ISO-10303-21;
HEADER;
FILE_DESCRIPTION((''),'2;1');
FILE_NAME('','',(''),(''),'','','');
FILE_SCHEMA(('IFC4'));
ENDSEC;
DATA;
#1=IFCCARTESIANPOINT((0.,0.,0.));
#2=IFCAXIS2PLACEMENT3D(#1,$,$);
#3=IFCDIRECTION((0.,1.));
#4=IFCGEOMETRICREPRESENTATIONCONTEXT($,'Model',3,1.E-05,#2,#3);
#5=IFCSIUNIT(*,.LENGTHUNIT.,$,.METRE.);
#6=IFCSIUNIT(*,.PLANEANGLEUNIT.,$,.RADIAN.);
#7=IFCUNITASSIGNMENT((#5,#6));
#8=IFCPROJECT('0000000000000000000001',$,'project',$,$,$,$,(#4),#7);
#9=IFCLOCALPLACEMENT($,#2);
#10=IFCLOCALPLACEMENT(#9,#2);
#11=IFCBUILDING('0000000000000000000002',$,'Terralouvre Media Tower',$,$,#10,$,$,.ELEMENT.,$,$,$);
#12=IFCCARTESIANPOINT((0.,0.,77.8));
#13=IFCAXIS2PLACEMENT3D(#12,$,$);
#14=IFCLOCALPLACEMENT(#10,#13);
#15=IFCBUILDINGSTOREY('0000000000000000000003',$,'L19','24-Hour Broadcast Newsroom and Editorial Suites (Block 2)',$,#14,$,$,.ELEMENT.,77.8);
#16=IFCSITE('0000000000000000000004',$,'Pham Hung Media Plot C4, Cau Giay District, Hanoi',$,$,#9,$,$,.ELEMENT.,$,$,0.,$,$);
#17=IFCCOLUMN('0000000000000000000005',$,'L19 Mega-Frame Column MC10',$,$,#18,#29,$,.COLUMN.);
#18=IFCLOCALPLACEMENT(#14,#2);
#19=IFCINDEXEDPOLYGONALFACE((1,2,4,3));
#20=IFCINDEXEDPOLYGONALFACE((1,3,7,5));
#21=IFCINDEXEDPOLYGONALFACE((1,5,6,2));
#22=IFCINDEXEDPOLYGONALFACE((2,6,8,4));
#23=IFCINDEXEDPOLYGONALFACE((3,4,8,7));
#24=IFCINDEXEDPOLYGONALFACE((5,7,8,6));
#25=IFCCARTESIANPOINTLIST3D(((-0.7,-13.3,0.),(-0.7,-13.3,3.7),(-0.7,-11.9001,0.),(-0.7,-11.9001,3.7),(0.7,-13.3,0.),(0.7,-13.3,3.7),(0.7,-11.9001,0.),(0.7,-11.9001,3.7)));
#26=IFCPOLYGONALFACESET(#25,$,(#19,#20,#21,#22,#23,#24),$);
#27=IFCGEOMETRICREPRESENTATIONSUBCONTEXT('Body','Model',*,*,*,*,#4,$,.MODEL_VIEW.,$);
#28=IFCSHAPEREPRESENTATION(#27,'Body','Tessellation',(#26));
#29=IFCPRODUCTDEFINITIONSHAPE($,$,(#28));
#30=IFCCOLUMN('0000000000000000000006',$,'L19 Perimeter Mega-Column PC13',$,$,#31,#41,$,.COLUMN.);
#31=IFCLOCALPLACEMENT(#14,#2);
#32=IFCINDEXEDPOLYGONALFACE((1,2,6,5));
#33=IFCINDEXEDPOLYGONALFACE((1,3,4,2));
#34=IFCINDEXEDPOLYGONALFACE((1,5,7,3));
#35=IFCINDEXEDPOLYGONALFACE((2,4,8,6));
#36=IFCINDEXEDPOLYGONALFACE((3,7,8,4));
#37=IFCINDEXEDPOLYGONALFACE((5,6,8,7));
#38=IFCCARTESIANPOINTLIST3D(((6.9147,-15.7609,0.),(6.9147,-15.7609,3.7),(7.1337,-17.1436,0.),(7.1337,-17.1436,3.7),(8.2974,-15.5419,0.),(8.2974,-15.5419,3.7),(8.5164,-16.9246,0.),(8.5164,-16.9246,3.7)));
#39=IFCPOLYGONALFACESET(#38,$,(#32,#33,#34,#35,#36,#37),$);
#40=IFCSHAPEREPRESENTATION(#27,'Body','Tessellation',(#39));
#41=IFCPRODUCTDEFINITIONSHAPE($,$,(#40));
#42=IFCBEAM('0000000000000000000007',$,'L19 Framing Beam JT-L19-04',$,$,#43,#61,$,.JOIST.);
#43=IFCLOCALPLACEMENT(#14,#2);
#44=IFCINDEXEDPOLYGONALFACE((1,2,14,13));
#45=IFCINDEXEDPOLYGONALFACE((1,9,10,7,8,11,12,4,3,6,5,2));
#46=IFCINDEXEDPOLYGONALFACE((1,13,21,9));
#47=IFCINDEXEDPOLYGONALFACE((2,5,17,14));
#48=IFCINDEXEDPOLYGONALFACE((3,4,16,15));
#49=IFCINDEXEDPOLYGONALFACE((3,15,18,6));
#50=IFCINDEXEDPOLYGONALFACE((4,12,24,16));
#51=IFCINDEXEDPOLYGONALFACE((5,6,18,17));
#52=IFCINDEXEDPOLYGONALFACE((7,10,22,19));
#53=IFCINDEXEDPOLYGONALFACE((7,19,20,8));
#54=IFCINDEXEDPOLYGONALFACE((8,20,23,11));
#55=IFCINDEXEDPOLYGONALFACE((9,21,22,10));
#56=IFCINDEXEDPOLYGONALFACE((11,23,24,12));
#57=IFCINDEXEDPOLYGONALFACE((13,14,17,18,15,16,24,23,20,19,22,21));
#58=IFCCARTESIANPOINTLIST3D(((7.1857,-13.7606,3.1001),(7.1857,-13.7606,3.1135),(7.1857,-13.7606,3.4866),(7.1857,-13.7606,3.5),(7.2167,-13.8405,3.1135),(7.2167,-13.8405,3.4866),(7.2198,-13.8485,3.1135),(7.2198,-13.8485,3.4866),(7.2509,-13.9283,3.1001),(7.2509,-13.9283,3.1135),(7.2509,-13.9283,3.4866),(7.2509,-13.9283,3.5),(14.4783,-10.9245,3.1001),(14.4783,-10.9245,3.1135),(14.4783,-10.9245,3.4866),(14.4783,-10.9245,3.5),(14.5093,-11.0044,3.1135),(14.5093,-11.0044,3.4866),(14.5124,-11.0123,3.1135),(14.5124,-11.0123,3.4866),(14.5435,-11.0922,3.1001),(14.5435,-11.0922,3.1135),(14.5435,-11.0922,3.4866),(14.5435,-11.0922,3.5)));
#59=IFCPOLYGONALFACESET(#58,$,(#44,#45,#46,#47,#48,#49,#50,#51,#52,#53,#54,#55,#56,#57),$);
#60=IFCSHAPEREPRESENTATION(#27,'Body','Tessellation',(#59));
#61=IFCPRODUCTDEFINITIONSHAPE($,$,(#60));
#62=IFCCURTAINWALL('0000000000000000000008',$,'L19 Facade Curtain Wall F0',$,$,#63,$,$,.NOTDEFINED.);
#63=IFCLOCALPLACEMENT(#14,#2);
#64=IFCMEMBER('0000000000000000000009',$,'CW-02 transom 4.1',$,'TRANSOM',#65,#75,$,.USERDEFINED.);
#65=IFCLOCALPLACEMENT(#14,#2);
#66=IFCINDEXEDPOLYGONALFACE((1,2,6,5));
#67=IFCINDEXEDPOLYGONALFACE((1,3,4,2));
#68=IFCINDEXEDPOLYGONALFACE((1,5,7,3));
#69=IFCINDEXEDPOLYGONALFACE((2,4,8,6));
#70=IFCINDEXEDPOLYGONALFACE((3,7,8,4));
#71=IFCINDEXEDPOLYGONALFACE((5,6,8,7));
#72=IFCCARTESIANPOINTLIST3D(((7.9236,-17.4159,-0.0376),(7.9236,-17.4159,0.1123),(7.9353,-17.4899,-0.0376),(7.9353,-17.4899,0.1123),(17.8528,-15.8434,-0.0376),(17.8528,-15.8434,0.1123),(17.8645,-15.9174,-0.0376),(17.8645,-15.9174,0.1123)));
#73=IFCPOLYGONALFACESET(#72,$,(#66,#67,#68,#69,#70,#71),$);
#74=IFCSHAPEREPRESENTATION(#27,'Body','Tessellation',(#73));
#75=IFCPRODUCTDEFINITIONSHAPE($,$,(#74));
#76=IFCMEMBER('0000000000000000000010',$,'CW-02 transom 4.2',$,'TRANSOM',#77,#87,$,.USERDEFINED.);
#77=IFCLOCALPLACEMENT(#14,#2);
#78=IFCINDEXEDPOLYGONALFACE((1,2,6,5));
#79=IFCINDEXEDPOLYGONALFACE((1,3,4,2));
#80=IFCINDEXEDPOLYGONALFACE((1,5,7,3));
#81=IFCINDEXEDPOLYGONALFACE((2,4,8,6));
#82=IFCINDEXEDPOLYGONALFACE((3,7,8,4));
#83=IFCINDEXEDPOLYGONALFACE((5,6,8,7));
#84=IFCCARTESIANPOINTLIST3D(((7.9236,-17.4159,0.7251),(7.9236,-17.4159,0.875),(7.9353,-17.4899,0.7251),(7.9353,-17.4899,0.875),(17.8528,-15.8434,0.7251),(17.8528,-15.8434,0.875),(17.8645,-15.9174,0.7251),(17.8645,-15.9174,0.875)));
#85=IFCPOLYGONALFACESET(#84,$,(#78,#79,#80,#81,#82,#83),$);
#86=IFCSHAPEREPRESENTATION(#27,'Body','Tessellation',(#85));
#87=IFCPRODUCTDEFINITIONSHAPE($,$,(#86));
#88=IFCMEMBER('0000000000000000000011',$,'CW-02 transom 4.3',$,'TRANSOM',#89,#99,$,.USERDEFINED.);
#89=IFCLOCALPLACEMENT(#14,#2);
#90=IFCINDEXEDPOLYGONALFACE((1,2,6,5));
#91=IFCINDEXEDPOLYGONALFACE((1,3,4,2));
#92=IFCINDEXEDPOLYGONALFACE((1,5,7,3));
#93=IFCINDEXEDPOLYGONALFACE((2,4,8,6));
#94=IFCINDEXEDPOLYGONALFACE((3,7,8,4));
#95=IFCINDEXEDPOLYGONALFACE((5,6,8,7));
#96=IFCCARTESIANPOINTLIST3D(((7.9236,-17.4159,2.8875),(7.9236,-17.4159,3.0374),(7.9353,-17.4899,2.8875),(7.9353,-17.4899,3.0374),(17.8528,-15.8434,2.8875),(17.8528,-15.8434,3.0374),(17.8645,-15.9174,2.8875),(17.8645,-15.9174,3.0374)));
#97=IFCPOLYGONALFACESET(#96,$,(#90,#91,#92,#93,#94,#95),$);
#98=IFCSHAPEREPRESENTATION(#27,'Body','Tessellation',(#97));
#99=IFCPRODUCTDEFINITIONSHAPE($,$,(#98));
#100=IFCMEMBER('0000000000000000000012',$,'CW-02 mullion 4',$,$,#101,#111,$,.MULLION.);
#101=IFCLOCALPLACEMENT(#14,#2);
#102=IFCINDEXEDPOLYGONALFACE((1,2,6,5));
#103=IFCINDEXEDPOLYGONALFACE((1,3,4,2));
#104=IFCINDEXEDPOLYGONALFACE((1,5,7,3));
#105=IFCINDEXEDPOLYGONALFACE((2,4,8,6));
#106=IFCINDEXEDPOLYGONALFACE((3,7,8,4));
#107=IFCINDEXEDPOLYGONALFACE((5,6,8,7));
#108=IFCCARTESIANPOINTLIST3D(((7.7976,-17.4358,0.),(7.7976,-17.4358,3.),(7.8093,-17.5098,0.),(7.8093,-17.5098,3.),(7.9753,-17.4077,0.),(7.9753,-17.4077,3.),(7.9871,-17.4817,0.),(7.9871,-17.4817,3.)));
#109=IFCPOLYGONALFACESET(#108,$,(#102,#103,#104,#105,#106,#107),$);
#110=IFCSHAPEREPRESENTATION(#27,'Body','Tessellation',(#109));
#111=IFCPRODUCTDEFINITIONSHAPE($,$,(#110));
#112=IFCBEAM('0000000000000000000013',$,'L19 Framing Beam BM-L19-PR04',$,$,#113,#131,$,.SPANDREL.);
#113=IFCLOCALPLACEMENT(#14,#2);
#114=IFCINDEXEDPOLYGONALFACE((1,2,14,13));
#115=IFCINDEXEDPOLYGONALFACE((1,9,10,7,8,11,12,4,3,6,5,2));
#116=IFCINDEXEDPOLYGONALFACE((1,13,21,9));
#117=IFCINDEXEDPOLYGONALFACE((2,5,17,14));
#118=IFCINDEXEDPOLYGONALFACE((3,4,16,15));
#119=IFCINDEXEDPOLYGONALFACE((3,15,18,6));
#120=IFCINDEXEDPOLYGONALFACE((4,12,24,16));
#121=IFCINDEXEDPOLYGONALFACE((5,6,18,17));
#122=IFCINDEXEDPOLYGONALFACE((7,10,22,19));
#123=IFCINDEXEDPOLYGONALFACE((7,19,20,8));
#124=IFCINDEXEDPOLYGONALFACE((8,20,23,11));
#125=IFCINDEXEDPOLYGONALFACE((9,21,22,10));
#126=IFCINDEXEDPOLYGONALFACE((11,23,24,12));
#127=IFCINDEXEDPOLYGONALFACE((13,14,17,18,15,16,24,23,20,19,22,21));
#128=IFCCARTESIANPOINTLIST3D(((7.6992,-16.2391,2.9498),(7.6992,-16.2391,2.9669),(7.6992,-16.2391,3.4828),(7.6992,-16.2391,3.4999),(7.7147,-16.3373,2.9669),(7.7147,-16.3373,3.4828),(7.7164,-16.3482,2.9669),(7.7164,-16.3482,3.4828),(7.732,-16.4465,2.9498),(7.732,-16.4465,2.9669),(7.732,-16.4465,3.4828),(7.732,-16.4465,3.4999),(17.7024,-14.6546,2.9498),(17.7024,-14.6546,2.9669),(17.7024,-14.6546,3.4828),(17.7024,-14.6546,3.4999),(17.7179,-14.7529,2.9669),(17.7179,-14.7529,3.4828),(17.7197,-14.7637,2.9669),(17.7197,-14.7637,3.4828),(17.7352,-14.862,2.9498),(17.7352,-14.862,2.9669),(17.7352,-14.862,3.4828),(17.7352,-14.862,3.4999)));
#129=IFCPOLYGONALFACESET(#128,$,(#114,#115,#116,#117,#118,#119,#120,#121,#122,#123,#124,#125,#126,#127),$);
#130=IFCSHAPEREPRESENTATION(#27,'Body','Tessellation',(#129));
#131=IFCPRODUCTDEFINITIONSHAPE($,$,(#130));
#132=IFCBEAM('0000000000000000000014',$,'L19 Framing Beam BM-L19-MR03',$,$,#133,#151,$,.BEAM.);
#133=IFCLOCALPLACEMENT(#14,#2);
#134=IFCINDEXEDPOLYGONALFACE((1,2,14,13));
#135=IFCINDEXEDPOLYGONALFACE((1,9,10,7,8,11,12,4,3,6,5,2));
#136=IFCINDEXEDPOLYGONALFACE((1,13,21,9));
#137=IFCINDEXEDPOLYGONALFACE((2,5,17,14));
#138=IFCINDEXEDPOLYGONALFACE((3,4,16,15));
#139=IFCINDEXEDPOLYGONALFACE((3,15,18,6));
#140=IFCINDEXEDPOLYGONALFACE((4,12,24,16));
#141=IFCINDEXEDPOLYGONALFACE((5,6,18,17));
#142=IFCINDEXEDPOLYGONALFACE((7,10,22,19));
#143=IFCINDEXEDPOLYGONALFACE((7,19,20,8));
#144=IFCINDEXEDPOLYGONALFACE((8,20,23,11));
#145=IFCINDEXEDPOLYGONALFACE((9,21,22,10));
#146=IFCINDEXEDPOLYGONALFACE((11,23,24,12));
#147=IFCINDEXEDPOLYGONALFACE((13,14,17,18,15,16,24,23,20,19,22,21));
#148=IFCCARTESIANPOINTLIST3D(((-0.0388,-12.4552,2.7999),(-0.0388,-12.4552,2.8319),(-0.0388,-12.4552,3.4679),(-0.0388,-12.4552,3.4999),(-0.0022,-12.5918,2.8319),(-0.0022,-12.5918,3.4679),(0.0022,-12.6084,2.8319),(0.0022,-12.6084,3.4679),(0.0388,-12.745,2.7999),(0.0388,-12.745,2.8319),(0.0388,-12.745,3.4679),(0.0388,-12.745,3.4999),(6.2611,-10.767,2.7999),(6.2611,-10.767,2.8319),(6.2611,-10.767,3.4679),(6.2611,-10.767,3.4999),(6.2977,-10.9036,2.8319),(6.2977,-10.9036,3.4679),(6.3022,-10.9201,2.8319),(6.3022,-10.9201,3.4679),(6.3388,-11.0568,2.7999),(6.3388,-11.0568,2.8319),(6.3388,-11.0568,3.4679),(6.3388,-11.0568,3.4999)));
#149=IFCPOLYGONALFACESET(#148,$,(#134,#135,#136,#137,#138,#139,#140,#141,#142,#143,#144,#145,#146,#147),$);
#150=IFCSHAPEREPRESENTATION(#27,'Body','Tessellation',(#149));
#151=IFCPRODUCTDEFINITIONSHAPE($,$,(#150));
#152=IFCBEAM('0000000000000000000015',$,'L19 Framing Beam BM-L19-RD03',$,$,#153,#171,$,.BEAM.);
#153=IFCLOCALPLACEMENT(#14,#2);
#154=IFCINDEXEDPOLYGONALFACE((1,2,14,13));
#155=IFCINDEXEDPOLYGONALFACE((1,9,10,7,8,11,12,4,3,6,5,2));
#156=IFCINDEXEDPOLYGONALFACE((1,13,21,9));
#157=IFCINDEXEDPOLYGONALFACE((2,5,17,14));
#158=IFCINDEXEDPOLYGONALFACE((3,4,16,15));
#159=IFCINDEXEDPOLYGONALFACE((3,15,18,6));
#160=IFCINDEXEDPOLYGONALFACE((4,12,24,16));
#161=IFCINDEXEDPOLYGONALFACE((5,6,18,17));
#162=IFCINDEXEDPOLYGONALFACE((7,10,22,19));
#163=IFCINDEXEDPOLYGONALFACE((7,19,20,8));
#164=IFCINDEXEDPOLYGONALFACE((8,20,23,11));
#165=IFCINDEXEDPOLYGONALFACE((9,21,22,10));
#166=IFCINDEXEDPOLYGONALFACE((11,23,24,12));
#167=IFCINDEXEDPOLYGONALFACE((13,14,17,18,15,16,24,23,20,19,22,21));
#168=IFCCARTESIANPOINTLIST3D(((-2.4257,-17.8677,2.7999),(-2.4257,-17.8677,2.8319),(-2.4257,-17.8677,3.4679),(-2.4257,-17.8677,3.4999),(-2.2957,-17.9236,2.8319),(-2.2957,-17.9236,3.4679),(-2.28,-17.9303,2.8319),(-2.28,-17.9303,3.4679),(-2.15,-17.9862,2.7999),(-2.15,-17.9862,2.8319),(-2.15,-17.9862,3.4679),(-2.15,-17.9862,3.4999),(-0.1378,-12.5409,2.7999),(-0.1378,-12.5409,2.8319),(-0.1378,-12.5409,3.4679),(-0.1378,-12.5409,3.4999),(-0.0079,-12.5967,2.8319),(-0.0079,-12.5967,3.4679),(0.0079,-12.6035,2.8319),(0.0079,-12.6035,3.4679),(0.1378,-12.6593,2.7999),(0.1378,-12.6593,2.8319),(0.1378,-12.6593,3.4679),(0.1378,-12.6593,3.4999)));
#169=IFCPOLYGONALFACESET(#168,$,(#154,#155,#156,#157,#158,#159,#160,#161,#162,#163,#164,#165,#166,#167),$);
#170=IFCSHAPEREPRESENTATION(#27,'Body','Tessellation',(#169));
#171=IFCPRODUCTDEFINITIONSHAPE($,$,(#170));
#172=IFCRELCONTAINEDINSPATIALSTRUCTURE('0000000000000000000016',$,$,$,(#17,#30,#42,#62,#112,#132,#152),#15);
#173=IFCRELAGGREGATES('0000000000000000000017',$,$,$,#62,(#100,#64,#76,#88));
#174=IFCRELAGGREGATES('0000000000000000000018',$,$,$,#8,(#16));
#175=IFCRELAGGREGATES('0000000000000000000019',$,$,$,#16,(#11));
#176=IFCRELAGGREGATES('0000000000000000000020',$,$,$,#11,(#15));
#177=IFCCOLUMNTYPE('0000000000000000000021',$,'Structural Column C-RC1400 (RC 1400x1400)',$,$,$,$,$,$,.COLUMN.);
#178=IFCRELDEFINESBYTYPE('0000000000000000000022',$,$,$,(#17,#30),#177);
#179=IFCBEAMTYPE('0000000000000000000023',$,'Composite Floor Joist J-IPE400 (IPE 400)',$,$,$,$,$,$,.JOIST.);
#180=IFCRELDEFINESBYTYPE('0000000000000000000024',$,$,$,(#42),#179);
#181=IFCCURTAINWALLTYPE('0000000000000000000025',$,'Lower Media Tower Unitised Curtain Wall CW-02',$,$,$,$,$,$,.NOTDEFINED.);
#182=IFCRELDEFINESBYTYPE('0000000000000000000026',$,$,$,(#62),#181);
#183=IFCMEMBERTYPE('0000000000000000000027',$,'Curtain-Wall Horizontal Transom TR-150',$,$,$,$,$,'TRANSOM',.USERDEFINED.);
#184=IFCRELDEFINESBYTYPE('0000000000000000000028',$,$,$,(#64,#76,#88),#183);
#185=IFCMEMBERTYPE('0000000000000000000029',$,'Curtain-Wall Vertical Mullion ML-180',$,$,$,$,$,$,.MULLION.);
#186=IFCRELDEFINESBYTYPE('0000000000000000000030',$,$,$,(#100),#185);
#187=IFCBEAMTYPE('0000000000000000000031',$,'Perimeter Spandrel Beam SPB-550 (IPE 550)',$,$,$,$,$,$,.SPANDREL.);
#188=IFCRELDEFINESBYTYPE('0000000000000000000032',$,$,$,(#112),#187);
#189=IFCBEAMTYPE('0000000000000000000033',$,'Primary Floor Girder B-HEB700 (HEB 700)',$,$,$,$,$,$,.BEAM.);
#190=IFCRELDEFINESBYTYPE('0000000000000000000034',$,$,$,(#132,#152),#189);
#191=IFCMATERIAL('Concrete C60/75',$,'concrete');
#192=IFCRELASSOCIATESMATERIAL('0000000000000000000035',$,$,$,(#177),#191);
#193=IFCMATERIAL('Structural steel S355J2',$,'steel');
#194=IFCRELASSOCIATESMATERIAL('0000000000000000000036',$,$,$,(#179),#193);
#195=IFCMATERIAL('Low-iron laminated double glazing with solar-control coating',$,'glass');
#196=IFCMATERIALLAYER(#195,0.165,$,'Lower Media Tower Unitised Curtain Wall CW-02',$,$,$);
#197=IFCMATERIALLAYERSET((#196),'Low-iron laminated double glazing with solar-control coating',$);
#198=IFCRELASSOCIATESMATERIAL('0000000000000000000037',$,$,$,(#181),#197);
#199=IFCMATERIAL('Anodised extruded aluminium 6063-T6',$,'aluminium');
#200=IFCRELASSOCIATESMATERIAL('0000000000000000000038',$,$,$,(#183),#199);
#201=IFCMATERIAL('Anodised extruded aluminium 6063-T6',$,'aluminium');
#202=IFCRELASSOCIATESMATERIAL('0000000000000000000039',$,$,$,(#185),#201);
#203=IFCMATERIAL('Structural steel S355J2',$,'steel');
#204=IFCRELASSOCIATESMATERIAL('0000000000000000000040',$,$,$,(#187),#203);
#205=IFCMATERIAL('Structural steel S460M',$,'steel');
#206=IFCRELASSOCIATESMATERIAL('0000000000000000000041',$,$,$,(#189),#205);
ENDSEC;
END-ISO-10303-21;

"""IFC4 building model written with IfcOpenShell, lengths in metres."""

from ifc_helpers import new_model, si_unit, direction, frame, origin, origin_2d, place, context, subcontext, project, spatial, rectangle, i_section, extrude, material, layer, layer_set, material_profile, profile_set, type_object, element, aggregate, save


model = new_model("IFC4")

# Units and contexts
model_context = context("Model", 3, precision=1e-05, world=origin(), true_north=direction((0.0, 1.0)))
body_context = subcontext(model_context, "Body", "Model", "MODEL_VIEW")
ifc_project = project(units=[si_unit("LENGTHUNIT", "METRE"), si_unit("PLANEANGLEUNIT", "RADIAN")], contexts=[model_context])

# Site, building, storey
site_placement = place(None, origin())
site = spatial("IfcSite", under=ifc_project, at=site_placement, Name="Pham Hung Media Plot C4, Cau Giay District, Hanoi", CompositionType="ELEMENT", RefElevation=0.0)
building_placement = place(site_placement, origin())
building = spatial("IfcBuilding", under=site, at=building_placement, Name="Terralouvre Media Tower", CompositionType="ELEMENT")
storey_placement = place(building_placement, frame((0.0, 0.0, 77.8)))
storey = spatial("IfcBuildingStorey", under=building, at=storey_placement, Name="L19", Description="24-Hour Broadcast Newsroom and Editorial Suites (Block 2)", CompositionType="ELEMENT", Elevation=77.8)

# Columns
ifc_material_1 = material(Name="Concrete C60/75", Category="concrete")
ifc_material_profile_1 = material_profile(ifc_material_1, rectangle(XDim=1.3999, YDim=1.3999, at=origin_2d()), Name="RC 1400x1400")
ifc_profile_set_1 = profile_set([ifc_material_profile_1], Name="Concrete C60/75")
column_type = type_object("IfcColumnType", Name="Structural Column C-RC1400 (RC 1400x1400)", PredefinedType="COLUMN", material=ifc_profile_set_1)
for number, where, z_axis, x_axis, name in (
    (1, (0.0, -12.6001, 0.0), (0.0, 0.0, 1.0), (1.0, 0.0, 0.0), "L19 Mega-Frame Column MC10"),
    (2, (7.7156, -16.3428, 0.0), (0.0, 0.0, 1.0), (0.987688, 0.156434, 0.0), "L19 Perimeter Mega-Column PC13"),
):
    element("IfcColumn", number, at=place(storey_placement, frame(where, z_axis=z_axis, x_axis=x_axis)), inside=storey, type_object=column_type, Name=name, PredefinedType="COLUMN", context=body_context, shape_type="SweptSolid", body=[
        extrude(rectangle(XDim=1.3999, YDim=1.3999, at=origin_2d()), origin(), (0.0, 0.0, 1.0), 3.7),
    ])

# Beam
ifc_material_2 = material(Name="Structural steel S355J2", Category="steel")
ifc_material_profile_2 = material_profile(ifc_material_2, i_section(OverallWidth=0.1799, OverallDepth=0.3999, WebThickness=0.0085, FlangeThickness=0.0134, at=origin_2d()), Name="IPE 400")
ifc_profile_set_2 = profile_set([ifc_material_profile_2], Name="Structural steel S355J2")
beam_type_1 = type_object("IfcBeamType", Name="Composite Floor Joist J-IPE400 (IPE 400)", PredefinedType="JOIST", material=ifc_profile_set_2)
beam_1_placement = place(storey_placement, frame((7.2183, -13.8445, 3.3), z_axis=(0.931999, 0.36246, 0.0), x_axis=(-0.36246, 0.931999, 0.0)))
element("IfcBeam", 3, at=beam_1_placement, inside=storey, type_object=beam_type_1, Name="L19 Framing Beam JT-L19-04", PredefinedType="JOIST", context=body_context, shape_type="SweptSolid", body=[
    extrude(i_section(OverallWidth=0.1799, OverallDepth=0.3999, WebThickness=0.0085, FlangeThickness=0.0134, at=origin_2d()), origin(), (0.0, 0.0, 1.0), 7.8247),
])

# Curtain wall, members
ifc_material_3 = material(Name="Low-iron laminated double glazing with solar-control coating", Category="glass")
ifc_layer_1 = layer(ifc_material_3, 0.165, Name="Lower Media Tower Unitised Curtain Wall CW-02")
ifc_layer_set_1 = layer_set([ifc_layer_1], Name="Low-iron laminated double glazing with solar-control coating")
curtain_wall_type = type_object("IfcCurtainWallType", Name="Lower Media Tower Unitised Curtain Wall CW-02", PredefinedType="NOTDEFINED", material=ifc_layer_set_1)
curtain_wall_placement = place(storey_placement, origin())
curtain_wall = element("IfcCurtainWall", 4, at=curtain_wall_placement, inside=storey, type_object=curtain_wall_type, Name="L19 Facade Curtain Wall F0", PredefinedType="NOTDEFINED")
ifc_material_4 = material(Name="Anodised extruded aluminium 6063-T6", Category="aluminium")
ifc_material_profile_3 = material_profile(ifc_material_4, rectangle(XDim=0.075, YDim=0.1499, at=origin_2d()), Name="ALU 75x150")
ifc_profile_set_3 = profile_set([ifc_material_profile_3], Name="Anodised extruded aluminium 6063-T6")
member_type_1 = type_object("IfcMemberType", Name="Curtain-Wall Horizontal Transom TR-150", ElementType="TRANSOM", PredefinedType="USERDEFINED", material=ifc_profile_set_3)
member_1_placement = place(storey_placement, frame((7.9294, -17.4529, 0.0374), z_axis=(0.98769, 0.156423, 0.0), x_axis=(-0.156423, 0.98769, 0.0)))
member_1 = element("IfcMember", 5, at=member_1_placement, type_object=member_type_1, Name="CW-02 transom 4.1", ObjectType="TRANSOM", PredefinedType="USERDEFINED", context=body_context, shape_type="SweptSolid", body=[
    extrude(rectangle(XDim=0.075, YDim=0.1499, at=origin_2d()), origin(), (0.0, 0.0, 1.0), 10.053),
])
member_2_placement = place(storey_placement, frame((7.9294, -17.4529, 0.8), z_axis=(0.98769, 0.156423, 0.0), x_axis=(-0.156423, 0.98769, 0.0)))
member_2 = element("IfcMember", 6, at=member_2_placement, type_object=member_type_1, Name="CW-02 transom 4.2", ObjectType="TRANSOM", PredefinedType="USERDEFINED", context=body_context, shape_type="SweptSolid", body=[
    extrude(rectangle(XDim=0.075, YDim=0.1499, at=origin_2d()), origin(), (0.0, 0.0, 1.0), 10.053),
])
member_3_placement = place(storey_placement, frame((7.9294, -17.4529, 2.9624), z_axis=(0.98769, 0.156423, 0.0), x_axis=(-0.156423, 0.98769, 0.0)))
member_3 = element("IfcMember", 7, at=member_3_placement, type_object=member_type_1, Name="CW-02 transom 4.3", ObjectType="TRANSOM", PredefinedType="USERDEFINED", context=body_context, shape_type="SweptSolid", body=[
    extrude(rectangle(XDim=0.075, YDim=0.1499, at=origin_2d()), origin(), (0.0, 0.0, 1.0), 10.053),
])
ifc_material_5 = material(Name="Anodised extruded aluminium 6063-T6", Category="aluminium")
ifc_material_profile_4 = material_profile(ifc_material_5, rectangle(XDim=0.075, YDim=0.1799, at=origin_2d()), Name="ALU 75x180")
ifc_profile_set_4 = profile_set([ifc_material_profile_4], Name="Anodised extruded aluminium 6063-T6")
member_type_2 = type_object("IfcMemberType", Name="Curtain-Wall Vertical Mullion ML-180", PredefinedType="MULLION", material=ifc_profile_set_4)
member_4_placement = place(storey_placement, frame((7.8923, -17.4587, 0.0), z_axis=(0.0, 0.0, 1.0), x_axis=(-0.156434, 0.987688, 0.0)))
member_4 = element("IfcMember", 8, at=member_4_placement, type_object=member_type_2, Name="CW-02 mullion 4", PredefinedType="MULLION", context=body_context, shape_type="SweptSolid", body=[
    extrude(rectangle(XDim=0.075, YDim=0.1799, at=origin_2d()), origin(), (0.0, 0.0, 1.0), 3.0),
])

# Beams
ifc_material_6 = material(Name="Structural steel S355J2", Category="steel")
ifc_material_profile_5 = material_profile(ifc_material_6, i_section(OverallWidth=0.21, OverallDepth=0.55, WebThickness=0.011, FlangeThickness=0.0171, at=origin_2d()), Name="IPE 550")
ifc_profile_set_5 = profile_set([ifc_material_profile_5], Name="Structural steel S355J2")
beam_type_2 = type_object("IfcBeamType", Name="Perimeter Spandrel Beam SPB-550 (IPE 550)", PredefinedType="SPANDREL", material=ifc_profile_set_5)
beam_2_placement = place(storey_placement, frame((7.7156, -16.3428, 3.2249), z_axis=(0.987686, 0.156447, 0.0), x_axis=(-0.156447, 0.987686, 0.0)))
element("IfcBeam", 9, at=beam_2_placement, inside=storey, type_object=beam_type_2, Name="L19 Framing Beam BM-L19-PR04", PredefinedType="SPANDREL", context=body_context, shape_type="SweptSolid", body=[
    extrude(i_section(OverallWidth=0.21, OverallDepth=0.55, WebThickness=0.011, FlangeThickness=0.0171, at=origin_2d()), origin(), (0.0, 0.0, 1.0), 10.1279),
])
ifc_material_7 = material(Name="Structural steel S460M", Category="steel")
ifc_material_profile_6 = material_profile(ifc_material_7, i_section(OverallWidth=0.3, OverallDepth=0.7, WebThickness=0.0171, FlangeThickness=0.032, at=origin_2d()), Name="HEB 700")
ifc_profile_set_6 = profile_set([ifc_material_profile_6], Name="Structural steel S460M")
beam_type_3 = type_object("IfcBeamType", Name="Primary Floor Girder B-HEB700 (HEB 700)", PredefinedType="BEAM", material=ifc_profile_set_6)
beam_3_placement = place(storey_placement, frame((0.0, -12.6001, 3.1499), z_axis=(0.96592, 0.258839, 0.0), x_axis=(-0.258839, 0.96592, 0.0)))
element("IfcBeam", 10, at=beam_3_placement, inside=storey, type_object=beam_type_3, Name="L19 Framing Beam BM-L19-MR03", PredefinedType="BEAM", context=body_context, shape_type="SweptSolid", body=[
    extrude(i_section(OverallWidth=0.3, OverallDepth=0.7, WebThickness=0.0171, FlangeThickness=0.032, at=origin_2d()), origin(), (0.0, 0.0, 1.0), 6.5222),
])
beam_4_placement = place(storey_placement, frame((0.0, -12.6001, 3.1499), z_axis=(-0.394631, -0.91884, 0.0), x_axis=(0.91884, -0.394631, 0.0)))
element("IfcBeam", 11, at=beam_4_placement, inside=storey, type_object=beam_type_3, Name="L19 Framing Beam BM-L19-RD03", PredefinedType="BEAM", context=body_context, shape_type="SweptSolid", body=[
    extrude(i_section(OverallWidth=0.3, OverallDepth=0.7, WebThickness=0.0171, FlangeThickness=0.032, at=origin_2d()), origin(), (0.0, 0.0, 1.0), 5.7974),
])

aggregate(curtain_wall, [member_4, member_1, member_2, member_3])

save(model, "model.ifc")
